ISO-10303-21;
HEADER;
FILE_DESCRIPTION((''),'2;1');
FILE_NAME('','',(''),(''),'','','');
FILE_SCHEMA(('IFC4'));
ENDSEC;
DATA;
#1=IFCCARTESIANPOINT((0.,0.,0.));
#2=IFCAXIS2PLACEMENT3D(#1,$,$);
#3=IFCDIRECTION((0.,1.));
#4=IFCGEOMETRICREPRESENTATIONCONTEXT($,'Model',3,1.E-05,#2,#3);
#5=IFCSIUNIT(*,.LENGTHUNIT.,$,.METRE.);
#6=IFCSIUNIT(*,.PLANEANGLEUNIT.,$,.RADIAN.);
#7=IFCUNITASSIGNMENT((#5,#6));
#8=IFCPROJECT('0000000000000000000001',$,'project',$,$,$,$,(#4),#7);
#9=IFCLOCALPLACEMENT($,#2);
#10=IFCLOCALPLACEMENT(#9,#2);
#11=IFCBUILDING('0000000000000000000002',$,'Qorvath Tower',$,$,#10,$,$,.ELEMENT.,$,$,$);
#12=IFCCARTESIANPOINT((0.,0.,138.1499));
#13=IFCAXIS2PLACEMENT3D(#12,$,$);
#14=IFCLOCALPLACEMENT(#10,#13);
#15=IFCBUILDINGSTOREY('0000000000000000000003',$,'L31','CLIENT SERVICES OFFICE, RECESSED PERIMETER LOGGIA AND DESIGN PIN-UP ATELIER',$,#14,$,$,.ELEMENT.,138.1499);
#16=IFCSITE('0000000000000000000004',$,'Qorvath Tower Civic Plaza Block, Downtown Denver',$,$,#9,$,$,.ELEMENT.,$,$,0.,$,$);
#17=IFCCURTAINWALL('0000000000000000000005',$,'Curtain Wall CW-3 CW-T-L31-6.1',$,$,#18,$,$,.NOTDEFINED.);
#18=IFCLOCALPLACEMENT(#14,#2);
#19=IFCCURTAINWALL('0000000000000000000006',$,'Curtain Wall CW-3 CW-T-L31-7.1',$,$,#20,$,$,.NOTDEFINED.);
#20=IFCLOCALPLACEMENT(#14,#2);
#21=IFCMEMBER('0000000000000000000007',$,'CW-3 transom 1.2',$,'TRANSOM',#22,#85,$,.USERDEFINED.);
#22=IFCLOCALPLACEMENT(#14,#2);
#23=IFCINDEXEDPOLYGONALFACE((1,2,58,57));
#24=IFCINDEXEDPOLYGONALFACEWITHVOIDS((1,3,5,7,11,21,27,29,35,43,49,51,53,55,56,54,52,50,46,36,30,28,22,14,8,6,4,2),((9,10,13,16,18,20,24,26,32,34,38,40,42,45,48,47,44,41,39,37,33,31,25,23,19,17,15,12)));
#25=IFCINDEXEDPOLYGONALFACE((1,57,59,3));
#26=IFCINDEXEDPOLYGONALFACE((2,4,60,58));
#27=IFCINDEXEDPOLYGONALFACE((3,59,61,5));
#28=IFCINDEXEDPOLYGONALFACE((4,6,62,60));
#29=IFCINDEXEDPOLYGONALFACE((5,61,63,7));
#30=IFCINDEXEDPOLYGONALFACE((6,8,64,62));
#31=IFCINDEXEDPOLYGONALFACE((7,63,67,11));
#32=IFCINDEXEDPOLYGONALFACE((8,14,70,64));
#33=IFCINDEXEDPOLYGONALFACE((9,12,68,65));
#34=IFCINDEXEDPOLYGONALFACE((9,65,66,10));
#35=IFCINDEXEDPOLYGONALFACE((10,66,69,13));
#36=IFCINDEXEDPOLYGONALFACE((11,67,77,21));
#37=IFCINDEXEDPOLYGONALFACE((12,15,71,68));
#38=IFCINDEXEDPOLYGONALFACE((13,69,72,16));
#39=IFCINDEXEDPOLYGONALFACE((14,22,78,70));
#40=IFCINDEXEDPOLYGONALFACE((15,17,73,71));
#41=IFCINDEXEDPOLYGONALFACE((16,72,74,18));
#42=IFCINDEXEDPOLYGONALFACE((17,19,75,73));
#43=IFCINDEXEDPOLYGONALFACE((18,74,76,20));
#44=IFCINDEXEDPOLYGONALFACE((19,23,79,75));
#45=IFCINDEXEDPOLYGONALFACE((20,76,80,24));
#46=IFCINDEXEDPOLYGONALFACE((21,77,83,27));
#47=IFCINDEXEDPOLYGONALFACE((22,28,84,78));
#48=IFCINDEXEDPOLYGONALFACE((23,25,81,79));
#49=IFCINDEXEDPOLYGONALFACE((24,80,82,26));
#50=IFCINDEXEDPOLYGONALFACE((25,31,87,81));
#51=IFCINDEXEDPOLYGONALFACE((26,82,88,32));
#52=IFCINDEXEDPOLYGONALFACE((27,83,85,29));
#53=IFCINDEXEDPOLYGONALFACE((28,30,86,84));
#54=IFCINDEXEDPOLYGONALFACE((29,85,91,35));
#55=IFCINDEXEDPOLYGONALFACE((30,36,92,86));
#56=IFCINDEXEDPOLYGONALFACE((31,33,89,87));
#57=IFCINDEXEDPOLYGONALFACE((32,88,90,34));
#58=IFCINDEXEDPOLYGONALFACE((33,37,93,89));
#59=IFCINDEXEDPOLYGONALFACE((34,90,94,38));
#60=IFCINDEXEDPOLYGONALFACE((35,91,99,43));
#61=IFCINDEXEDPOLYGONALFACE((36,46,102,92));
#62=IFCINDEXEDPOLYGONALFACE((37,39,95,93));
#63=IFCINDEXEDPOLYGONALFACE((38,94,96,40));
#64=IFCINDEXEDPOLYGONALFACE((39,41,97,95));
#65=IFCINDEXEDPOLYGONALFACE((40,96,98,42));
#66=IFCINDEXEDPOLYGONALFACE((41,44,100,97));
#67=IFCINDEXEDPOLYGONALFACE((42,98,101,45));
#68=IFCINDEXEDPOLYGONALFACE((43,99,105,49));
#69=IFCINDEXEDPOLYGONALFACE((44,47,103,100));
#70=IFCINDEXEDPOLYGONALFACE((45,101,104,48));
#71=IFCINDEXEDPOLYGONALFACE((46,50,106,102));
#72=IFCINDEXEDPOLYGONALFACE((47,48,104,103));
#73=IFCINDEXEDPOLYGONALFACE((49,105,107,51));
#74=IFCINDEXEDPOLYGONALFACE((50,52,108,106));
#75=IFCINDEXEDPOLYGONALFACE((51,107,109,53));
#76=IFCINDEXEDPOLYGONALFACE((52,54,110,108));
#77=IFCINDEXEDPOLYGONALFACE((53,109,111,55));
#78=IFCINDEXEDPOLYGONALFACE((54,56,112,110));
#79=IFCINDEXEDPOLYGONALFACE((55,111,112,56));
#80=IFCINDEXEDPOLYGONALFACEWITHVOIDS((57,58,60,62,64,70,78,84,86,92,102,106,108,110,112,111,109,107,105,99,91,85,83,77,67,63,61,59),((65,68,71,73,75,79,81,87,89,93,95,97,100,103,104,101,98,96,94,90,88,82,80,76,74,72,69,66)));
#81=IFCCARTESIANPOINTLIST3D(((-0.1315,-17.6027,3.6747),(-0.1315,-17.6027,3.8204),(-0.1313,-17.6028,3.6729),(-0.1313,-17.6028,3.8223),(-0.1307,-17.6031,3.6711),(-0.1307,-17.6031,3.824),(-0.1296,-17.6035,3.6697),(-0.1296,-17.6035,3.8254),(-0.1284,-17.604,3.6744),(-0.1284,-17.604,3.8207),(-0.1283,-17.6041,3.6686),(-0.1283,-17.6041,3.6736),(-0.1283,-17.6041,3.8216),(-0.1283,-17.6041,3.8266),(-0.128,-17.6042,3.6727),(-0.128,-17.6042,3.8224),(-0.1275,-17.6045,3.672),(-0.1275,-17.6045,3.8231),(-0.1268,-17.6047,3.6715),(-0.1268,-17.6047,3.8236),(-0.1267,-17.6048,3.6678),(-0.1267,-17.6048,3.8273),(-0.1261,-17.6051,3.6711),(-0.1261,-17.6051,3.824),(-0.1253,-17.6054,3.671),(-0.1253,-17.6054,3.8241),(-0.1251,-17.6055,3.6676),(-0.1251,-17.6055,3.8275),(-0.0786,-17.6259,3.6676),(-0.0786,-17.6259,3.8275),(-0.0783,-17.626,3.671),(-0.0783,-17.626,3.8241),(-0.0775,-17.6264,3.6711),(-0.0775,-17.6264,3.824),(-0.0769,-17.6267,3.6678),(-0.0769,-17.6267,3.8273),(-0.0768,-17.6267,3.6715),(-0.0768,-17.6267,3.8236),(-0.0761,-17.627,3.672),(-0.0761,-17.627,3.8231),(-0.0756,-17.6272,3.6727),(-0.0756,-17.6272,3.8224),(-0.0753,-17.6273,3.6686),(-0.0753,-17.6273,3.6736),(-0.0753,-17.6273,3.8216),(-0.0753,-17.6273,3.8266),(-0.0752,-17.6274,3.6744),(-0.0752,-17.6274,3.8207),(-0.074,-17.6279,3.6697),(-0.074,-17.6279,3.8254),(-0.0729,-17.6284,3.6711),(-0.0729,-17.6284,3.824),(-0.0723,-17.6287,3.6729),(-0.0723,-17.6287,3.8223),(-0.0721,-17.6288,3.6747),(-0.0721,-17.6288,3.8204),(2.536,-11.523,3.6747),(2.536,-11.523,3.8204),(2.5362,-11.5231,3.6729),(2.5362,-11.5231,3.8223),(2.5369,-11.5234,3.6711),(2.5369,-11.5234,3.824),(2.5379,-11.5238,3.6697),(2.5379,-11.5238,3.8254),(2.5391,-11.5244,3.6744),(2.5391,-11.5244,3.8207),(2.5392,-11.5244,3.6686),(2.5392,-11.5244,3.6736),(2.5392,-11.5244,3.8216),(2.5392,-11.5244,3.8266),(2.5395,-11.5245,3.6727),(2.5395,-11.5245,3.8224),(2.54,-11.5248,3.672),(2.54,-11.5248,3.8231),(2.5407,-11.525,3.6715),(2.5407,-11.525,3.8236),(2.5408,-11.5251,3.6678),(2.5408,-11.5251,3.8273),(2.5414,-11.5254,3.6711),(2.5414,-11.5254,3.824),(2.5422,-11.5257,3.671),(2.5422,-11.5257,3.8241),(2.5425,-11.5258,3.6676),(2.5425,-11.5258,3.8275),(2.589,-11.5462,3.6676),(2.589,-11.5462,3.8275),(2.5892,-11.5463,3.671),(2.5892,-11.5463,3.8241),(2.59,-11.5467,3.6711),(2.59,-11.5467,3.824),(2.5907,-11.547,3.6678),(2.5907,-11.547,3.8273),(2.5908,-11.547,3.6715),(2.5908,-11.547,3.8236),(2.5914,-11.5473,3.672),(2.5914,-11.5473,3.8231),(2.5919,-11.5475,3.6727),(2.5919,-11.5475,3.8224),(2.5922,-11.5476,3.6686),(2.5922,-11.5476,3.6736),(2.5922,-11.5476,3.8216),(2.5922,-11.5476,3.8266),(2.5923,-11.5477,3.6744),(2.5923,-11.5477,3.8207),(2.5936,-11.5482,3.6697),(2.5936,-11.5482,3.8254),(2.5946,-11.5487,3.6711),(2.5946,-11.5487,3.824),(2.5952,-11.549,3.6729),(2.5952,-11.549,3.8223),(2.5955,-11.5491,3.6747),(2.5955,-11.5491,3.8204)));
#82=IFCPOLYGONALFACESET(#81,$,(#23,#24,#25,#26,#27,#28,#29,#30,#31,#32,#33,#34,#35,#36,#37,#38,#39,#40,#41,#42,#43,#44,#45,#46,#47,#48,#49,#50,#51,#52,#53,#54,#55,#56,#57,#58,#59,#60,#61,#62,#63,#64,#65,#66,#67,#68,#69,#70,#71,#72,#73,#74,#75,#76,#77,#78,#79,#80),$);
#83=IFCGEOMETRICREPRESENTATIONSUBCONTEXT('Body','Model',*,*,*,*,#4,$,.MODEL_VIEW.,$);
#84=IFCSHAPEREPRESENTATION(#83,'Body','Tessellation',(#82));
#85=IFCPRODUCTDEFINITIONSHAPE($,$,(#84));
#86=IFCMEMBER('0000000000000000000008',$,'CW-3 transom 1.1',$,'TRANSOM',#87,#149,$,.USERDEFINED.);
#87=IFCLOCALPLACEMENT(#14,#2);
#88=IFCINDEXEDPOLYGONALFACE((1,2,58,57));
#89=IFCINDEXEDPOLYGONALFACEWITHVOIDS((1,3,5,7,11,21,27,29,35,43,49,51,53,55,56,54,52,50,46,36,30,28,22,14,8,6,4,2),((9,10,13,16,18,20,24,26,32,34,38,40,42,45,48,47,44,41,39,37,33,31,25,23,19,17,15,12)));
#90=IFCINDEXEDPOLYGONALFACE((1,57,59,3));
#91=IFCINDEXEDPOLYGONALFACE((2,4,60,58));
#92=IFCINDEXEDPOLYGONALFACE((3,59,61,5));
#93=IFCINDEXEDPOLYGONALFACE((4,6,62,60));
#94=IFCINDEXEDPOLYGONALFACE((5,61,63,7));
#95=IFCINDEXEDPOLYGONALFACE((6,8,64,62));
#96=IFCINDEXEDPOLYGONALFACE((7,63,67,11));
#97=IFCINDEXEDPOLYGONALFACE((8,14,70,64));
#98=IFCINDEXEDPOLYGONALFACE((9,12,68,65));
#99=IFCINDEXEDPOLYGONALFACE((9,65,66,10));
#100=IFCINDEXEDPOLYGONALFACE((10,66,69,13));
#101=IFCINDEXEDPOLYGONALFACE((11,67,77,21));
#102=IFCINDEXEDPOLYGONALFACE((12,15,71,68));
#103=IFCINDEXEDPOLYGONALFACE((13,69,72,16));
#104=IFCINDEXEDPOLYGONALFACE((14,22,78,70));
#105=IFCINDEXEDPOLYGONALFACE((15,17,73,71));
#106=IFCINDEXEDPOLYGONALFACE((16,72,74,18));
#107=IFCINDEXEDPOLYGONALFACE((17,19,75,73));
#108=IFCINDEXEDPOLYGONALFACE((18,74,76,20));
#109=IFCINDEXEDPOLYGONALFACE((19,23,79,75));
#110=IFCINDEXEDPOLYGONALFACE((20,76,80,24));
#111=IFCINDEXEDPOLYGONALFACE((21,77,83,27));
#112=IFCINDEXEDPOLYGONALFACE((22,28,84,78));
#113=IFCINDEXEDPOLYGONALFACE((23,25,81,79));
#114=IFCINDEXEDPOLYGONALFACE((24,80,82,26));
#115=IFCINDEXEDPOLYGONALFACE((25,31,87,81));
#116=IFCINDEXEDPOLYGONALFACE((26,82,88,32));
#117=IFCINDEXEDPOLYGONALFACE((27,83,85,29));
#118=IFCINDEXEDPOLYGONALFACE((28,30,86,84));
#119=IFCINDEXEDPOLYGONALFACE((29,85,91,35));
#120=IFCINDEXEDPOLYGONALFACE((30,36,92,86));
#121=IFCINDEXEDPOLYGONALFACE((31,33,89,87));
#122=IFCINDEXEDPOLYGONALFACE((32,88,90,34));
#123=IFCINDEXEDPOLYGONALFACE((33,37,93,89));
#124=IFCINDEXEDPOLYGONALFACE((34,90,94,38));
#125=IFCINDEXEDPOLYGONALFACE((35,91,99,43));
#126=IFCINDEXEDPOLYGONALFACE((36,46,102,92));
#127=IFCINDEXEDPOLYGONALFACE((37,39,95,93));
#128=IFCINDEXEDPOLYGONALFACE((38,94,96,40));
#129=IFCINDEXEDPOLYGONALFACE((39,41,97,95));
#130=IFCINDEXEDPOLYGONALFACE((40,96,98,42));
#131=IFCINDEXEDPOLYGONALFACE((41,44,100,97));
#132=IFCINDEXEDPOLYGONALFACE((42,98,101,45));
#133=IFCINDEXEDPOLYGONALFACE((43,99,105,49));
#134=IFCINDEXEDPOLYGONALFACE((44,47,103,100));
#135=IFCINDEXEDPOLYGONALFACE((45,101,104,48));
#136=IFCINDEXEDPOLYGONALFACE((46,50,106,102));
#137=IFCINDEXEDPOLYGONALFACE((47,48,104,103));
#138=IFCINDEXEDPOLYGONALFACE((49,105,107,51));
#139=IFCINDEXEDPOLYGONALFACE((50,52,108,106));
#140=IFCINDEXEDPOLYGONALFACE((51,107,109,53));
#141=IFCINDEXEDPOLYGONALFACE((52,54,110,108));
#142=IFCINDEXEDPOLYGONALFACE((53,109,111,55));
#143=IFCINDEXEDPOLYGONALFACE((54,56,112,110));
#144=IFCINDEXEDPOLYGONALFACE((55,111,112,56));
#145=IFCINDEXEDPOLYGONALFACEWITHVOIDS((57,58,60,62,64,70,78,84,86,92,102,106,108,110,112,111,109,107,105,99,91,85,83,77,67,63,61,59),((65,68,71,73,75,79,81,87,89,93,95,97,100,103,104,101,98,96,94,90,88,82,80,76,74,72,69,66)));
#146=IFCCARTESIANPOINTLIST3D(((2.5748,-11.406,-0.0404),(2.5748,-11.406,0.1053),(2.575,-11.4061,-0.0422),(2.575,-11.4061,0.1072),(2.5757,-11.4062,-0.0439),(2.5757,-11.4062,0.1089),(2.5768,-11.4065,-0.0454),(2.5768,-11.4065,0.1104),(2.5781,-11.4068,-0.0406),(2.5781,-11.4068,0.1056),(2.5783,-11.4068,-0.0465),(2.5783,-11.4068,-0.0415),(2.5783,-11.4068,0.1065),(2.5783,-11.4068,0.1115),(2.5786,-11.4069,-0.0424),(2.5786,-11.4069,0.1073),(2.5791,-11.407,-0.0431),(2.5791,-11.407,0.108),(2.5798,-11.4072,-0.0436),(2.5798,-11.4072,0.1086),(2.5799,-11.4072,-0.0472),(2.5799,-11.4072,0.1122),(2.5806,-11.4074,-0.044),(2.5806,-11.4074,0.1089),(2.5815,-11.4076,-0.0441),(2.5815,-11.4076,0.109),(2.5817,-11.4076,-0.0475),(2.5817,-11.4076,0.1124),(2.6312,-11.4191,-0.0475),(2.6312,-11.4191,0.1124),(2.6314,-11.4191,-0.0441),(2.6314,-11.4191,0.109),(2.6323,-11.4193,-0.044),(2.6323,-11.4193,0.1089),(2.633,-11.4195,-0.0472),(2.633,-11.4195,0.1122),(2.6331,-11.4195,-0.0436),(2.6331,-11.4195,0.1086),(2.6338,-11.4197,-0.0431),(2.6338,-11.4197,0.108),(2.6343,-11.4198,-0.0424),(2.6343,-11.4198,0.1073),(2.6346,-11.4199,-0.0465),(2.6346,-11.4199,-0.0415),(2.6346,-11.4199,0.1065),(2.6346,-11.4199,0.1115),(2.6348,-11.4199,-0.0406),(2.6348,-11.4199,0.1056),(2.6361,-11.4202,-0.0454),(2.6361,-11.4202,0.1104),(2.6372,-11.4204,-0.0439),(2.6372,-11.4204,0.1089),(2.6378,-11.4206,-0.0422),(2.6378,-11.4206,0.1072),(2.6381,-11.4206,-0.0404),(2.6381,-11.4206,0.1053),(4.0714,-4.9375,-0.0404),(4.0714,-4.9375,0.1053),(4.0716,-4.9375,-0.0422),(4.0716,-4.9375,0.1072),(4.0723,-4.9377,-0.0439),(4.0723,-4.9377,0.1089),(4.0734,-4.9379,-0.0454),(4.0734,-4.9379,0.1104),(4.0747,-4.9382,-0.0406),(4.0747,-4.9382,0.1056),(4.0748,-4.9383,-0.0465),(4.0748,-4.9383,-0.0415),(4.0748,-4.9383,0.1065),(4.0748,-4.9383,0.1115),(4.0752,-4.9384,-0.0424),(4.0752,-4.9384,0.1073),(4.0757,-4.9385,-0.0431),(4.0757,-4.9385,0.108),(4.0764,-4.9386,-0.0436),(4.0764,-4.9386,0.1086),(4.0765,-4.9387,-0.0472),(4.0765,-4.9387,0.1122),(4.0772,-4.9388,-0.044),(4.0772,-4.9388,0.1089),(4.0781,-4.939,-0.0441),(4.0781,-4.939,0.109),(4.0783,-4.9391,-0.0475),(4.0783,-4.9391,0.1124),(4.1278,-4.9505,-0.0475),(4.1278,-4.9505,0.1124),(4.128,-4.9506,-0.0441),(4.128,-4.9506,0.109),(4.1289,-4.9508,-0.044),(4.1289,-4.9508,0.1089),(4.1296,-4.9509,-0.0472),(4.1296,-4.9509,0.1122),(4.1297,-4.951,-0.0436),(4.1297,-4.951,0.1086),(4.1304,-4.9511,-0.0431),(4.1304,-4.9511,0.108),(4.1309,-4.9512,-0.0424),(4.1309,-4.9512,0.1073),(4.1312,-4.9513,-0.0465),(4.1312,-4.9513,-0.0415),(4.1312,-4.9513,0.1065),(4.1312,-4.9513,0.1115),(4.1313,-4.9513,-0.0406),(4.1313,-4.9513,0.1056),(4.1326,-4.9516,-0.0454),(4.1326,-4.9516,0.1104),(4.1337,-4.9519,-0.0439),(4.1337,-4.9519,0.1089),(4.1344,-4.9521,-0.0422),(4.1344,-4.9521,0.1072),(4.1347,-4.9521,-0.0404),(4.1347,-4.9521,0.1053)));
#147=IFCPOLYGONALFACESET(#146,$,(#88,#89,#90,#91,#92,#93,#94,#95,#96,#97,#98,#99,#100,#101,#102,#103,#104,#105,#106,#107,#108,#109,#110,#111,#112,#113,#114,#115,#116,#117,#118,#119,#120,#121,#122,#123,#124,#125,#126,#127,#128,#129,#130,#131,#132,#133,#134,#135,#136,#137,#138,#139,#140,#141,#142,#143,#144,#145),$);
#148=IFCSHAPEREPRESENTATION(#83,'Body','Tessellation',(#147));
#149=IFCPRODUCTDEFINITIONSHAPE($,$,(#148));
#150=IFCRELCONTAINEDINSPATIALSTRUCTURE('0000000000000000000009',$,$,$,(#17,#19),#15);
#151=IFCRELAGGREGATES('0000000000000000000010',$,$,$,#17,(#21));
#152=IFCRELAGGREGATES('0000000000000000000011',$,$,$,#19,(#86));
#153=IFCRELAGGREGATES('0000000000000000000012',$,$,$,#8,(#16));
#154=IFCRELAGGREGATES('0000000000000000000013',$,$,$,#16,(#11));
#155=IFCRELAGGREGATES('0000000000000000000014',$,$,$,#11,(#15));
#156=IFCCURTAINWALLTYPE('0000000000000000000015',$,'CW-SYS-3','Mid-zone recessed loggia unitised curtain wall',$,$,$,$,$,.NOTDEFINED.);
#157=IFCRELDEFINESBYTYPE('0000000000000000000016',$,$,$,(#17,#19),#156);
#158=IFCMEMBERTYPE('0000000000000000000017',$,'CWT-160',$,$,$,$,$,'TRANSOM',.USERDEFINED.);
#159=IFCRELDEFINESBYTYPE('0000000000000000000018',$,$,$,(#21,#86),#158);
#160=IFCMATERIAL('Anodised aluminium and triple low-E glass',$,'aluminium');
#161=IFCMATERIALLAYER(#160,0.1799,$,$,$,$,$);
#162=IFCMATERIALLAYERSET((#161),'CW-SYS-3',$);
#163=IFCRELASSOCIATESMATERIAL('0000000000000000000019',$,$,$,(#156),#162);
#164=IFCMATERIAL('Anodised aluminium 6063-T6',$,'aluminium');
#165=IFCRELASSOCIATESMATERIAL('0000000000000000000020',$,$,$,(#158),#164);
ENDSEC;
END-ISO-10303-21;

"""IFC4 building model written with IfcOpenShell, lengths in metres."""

from ifc_helpers import new_model, si_unit, direction, frame, origin, origin_2d, place, context, subcontext, project, spatial, hollow_rectangle, extrude, material, layer, layer_set, material_profile, profile_set, type_object, element, aggregate, save


model = new_model("IFC4")

# Units and contexts
model_context = context("Model", 3, precision=1e-05, world=origin(), true_north=direction((0.0, 1.0)))
body_context = subcontext(model_context, "Body", "Model", "MODEL_VIEW")
ifc_project = project(units=[si_unit("LENGTHUNIT", "METRE"), si_unit("PLANEANGLEUNIT", "RADIAN")], contexts=[model_context])

# Site, building, storey
site_placement = place(None, origin())
site = spatial("IfcSite", under=ifc_project, at=site_placement, Name="Qorvath Tower Civic Plaza Block, Downtown Denver", CompositionType="ELEMENT", RefElevation=0.0)
building_placement = place(site_placement, origin())
building = spatial("IfcBuilding", under=site, at=building_placement, Name="Qorvath Tower", CompositionType="ELEMENT")
storey_placement = place(building_placement, frame((0.0, 0.0, 138.1499)))
storey = spatial("IfcBuildingStorey", under=building, at=storey_placement, Name="L31", Description="CLIENT SERVICES OFFICE, RECESSED PERIMETER LOGGIA AND DESIGN PIN-UP ATELIER", CompositionType="ELEMENT", Elevation=138.1499)

# Shared definitions
ifc_material_1 = material(Name="Anodised aluminium and triple low-E glass", Category="aluminium")
ifc_layer_1 = layer(ifc_material_1, 0.1799)
ifc_layer_set_1 = layer_set([ifc_layer_1], Name="CW-SYS-3")
curtain_wall_type = type_object("IfcCurtainWallType", Name="CW-SYS-3", Description="Mid-zone recessed loggia unitised curtain wall", PredefinedType="NOTDEFINED", material=ifc_layer_set_1)

# Curtain wall
curtain_wall_1_placement = place(storey_placement, origin())
curtain_wall_1 = element("IfcCurtainWall", 1, at=curtain_wall_1_placement, inside=storey, type_object=curtain_wall_type, Name="Curtain Wall CW-3 CW-T-L31-6.1", PredefinedType="NOTDEFINED")

# Curtain wall
curtain_wall_2_placement = place(storey_placement, origin())
curtain_wall_2 = element("IfcCurtainWall", 2, at=curtain_wall_2_placement, inside=storey, type_object=curtain_wall_type, Name="Curtain Wall CW-3 CW-T-L31-7.1", PredefinedType="NOTDEFINED")

# Members
ifc_material_2 = material(Name="Anodised aluminium 6063-T6", Category="aluminium")
ifc_material_profile_1 = material_profile(ifc_material_2, hollow_rectangle(XDim=0.0649, YDim=0.1599, WallThickness=0.0034, InnerFilletRadius=0.0034, OuterFilletRadius=0.0071, at=origin_2d()), Name="CWT 160x65")
ifc_profile_set_1 = profile_set([ifc_material_profile_1], Name="Anodised aluminium 6063-T6")
member_type_1 = type_object("IfcMemberType", Name="CWT-160", ElementType="TRANSOM", PredefinedType="USERDEFINED", material=ifc_profile_set_1)
member_1_placement = place(storey_placement, frame((-0.1018, -17.6157, 3.7476), z_axis=(0.401787, 0.915733, 0.0), x_axis=(-0.915733, 0.401787, 0.0)))
member_1 = element("IfcMember", 3, at=member_1_placement, type_object=member_type_1, Name="CW-3 transom 1.2", ObjectType="TRANSOM", PredefinedType="USERDEFINED", context=body_context, shape_type="SweptSolid", body=[
    extrude(hollow_rectangle(XDim=0.0649, YDim=0.1599, WallThickness=0.0034, InnerFilletRadius=0.0034, OuterFilletRadius=0.0071, at=origin_2d()), origin(), (0.0, 0.0, 1.0), 6.6392),
])
member_2_placement = place(storey_placement, frame((2.6064, -11.4133, 0.0325), z_axis=(0.22541, 0.974264, 0.0), x_axis=(-0.974264, 0.22541, 0.0)))
member_2 = element("IfcMember", 4, at=member_2_placement, type_object=member_type_1, Name="CW-3 transom 1.1", ObjectType="TRANSOM", PredefinedType="USERDEFINED", context=body_context, shape_type="SweptSolid", body=[
    extrude(hollow_rectangle(XDim=0.0649, YDim=0.1599, WallThickness=0.0034, InnerFilletRadius=0.0034, OuterFilletRadius=0.0071, at=origin_2d()), origin(), (0.0, 0.0, 1.0), 6.6394),
])

aggregate(curtain_wall_1, [member_1])
aggregate(curtain_wall_2, [member_2])

save(model, "model.ifc")
